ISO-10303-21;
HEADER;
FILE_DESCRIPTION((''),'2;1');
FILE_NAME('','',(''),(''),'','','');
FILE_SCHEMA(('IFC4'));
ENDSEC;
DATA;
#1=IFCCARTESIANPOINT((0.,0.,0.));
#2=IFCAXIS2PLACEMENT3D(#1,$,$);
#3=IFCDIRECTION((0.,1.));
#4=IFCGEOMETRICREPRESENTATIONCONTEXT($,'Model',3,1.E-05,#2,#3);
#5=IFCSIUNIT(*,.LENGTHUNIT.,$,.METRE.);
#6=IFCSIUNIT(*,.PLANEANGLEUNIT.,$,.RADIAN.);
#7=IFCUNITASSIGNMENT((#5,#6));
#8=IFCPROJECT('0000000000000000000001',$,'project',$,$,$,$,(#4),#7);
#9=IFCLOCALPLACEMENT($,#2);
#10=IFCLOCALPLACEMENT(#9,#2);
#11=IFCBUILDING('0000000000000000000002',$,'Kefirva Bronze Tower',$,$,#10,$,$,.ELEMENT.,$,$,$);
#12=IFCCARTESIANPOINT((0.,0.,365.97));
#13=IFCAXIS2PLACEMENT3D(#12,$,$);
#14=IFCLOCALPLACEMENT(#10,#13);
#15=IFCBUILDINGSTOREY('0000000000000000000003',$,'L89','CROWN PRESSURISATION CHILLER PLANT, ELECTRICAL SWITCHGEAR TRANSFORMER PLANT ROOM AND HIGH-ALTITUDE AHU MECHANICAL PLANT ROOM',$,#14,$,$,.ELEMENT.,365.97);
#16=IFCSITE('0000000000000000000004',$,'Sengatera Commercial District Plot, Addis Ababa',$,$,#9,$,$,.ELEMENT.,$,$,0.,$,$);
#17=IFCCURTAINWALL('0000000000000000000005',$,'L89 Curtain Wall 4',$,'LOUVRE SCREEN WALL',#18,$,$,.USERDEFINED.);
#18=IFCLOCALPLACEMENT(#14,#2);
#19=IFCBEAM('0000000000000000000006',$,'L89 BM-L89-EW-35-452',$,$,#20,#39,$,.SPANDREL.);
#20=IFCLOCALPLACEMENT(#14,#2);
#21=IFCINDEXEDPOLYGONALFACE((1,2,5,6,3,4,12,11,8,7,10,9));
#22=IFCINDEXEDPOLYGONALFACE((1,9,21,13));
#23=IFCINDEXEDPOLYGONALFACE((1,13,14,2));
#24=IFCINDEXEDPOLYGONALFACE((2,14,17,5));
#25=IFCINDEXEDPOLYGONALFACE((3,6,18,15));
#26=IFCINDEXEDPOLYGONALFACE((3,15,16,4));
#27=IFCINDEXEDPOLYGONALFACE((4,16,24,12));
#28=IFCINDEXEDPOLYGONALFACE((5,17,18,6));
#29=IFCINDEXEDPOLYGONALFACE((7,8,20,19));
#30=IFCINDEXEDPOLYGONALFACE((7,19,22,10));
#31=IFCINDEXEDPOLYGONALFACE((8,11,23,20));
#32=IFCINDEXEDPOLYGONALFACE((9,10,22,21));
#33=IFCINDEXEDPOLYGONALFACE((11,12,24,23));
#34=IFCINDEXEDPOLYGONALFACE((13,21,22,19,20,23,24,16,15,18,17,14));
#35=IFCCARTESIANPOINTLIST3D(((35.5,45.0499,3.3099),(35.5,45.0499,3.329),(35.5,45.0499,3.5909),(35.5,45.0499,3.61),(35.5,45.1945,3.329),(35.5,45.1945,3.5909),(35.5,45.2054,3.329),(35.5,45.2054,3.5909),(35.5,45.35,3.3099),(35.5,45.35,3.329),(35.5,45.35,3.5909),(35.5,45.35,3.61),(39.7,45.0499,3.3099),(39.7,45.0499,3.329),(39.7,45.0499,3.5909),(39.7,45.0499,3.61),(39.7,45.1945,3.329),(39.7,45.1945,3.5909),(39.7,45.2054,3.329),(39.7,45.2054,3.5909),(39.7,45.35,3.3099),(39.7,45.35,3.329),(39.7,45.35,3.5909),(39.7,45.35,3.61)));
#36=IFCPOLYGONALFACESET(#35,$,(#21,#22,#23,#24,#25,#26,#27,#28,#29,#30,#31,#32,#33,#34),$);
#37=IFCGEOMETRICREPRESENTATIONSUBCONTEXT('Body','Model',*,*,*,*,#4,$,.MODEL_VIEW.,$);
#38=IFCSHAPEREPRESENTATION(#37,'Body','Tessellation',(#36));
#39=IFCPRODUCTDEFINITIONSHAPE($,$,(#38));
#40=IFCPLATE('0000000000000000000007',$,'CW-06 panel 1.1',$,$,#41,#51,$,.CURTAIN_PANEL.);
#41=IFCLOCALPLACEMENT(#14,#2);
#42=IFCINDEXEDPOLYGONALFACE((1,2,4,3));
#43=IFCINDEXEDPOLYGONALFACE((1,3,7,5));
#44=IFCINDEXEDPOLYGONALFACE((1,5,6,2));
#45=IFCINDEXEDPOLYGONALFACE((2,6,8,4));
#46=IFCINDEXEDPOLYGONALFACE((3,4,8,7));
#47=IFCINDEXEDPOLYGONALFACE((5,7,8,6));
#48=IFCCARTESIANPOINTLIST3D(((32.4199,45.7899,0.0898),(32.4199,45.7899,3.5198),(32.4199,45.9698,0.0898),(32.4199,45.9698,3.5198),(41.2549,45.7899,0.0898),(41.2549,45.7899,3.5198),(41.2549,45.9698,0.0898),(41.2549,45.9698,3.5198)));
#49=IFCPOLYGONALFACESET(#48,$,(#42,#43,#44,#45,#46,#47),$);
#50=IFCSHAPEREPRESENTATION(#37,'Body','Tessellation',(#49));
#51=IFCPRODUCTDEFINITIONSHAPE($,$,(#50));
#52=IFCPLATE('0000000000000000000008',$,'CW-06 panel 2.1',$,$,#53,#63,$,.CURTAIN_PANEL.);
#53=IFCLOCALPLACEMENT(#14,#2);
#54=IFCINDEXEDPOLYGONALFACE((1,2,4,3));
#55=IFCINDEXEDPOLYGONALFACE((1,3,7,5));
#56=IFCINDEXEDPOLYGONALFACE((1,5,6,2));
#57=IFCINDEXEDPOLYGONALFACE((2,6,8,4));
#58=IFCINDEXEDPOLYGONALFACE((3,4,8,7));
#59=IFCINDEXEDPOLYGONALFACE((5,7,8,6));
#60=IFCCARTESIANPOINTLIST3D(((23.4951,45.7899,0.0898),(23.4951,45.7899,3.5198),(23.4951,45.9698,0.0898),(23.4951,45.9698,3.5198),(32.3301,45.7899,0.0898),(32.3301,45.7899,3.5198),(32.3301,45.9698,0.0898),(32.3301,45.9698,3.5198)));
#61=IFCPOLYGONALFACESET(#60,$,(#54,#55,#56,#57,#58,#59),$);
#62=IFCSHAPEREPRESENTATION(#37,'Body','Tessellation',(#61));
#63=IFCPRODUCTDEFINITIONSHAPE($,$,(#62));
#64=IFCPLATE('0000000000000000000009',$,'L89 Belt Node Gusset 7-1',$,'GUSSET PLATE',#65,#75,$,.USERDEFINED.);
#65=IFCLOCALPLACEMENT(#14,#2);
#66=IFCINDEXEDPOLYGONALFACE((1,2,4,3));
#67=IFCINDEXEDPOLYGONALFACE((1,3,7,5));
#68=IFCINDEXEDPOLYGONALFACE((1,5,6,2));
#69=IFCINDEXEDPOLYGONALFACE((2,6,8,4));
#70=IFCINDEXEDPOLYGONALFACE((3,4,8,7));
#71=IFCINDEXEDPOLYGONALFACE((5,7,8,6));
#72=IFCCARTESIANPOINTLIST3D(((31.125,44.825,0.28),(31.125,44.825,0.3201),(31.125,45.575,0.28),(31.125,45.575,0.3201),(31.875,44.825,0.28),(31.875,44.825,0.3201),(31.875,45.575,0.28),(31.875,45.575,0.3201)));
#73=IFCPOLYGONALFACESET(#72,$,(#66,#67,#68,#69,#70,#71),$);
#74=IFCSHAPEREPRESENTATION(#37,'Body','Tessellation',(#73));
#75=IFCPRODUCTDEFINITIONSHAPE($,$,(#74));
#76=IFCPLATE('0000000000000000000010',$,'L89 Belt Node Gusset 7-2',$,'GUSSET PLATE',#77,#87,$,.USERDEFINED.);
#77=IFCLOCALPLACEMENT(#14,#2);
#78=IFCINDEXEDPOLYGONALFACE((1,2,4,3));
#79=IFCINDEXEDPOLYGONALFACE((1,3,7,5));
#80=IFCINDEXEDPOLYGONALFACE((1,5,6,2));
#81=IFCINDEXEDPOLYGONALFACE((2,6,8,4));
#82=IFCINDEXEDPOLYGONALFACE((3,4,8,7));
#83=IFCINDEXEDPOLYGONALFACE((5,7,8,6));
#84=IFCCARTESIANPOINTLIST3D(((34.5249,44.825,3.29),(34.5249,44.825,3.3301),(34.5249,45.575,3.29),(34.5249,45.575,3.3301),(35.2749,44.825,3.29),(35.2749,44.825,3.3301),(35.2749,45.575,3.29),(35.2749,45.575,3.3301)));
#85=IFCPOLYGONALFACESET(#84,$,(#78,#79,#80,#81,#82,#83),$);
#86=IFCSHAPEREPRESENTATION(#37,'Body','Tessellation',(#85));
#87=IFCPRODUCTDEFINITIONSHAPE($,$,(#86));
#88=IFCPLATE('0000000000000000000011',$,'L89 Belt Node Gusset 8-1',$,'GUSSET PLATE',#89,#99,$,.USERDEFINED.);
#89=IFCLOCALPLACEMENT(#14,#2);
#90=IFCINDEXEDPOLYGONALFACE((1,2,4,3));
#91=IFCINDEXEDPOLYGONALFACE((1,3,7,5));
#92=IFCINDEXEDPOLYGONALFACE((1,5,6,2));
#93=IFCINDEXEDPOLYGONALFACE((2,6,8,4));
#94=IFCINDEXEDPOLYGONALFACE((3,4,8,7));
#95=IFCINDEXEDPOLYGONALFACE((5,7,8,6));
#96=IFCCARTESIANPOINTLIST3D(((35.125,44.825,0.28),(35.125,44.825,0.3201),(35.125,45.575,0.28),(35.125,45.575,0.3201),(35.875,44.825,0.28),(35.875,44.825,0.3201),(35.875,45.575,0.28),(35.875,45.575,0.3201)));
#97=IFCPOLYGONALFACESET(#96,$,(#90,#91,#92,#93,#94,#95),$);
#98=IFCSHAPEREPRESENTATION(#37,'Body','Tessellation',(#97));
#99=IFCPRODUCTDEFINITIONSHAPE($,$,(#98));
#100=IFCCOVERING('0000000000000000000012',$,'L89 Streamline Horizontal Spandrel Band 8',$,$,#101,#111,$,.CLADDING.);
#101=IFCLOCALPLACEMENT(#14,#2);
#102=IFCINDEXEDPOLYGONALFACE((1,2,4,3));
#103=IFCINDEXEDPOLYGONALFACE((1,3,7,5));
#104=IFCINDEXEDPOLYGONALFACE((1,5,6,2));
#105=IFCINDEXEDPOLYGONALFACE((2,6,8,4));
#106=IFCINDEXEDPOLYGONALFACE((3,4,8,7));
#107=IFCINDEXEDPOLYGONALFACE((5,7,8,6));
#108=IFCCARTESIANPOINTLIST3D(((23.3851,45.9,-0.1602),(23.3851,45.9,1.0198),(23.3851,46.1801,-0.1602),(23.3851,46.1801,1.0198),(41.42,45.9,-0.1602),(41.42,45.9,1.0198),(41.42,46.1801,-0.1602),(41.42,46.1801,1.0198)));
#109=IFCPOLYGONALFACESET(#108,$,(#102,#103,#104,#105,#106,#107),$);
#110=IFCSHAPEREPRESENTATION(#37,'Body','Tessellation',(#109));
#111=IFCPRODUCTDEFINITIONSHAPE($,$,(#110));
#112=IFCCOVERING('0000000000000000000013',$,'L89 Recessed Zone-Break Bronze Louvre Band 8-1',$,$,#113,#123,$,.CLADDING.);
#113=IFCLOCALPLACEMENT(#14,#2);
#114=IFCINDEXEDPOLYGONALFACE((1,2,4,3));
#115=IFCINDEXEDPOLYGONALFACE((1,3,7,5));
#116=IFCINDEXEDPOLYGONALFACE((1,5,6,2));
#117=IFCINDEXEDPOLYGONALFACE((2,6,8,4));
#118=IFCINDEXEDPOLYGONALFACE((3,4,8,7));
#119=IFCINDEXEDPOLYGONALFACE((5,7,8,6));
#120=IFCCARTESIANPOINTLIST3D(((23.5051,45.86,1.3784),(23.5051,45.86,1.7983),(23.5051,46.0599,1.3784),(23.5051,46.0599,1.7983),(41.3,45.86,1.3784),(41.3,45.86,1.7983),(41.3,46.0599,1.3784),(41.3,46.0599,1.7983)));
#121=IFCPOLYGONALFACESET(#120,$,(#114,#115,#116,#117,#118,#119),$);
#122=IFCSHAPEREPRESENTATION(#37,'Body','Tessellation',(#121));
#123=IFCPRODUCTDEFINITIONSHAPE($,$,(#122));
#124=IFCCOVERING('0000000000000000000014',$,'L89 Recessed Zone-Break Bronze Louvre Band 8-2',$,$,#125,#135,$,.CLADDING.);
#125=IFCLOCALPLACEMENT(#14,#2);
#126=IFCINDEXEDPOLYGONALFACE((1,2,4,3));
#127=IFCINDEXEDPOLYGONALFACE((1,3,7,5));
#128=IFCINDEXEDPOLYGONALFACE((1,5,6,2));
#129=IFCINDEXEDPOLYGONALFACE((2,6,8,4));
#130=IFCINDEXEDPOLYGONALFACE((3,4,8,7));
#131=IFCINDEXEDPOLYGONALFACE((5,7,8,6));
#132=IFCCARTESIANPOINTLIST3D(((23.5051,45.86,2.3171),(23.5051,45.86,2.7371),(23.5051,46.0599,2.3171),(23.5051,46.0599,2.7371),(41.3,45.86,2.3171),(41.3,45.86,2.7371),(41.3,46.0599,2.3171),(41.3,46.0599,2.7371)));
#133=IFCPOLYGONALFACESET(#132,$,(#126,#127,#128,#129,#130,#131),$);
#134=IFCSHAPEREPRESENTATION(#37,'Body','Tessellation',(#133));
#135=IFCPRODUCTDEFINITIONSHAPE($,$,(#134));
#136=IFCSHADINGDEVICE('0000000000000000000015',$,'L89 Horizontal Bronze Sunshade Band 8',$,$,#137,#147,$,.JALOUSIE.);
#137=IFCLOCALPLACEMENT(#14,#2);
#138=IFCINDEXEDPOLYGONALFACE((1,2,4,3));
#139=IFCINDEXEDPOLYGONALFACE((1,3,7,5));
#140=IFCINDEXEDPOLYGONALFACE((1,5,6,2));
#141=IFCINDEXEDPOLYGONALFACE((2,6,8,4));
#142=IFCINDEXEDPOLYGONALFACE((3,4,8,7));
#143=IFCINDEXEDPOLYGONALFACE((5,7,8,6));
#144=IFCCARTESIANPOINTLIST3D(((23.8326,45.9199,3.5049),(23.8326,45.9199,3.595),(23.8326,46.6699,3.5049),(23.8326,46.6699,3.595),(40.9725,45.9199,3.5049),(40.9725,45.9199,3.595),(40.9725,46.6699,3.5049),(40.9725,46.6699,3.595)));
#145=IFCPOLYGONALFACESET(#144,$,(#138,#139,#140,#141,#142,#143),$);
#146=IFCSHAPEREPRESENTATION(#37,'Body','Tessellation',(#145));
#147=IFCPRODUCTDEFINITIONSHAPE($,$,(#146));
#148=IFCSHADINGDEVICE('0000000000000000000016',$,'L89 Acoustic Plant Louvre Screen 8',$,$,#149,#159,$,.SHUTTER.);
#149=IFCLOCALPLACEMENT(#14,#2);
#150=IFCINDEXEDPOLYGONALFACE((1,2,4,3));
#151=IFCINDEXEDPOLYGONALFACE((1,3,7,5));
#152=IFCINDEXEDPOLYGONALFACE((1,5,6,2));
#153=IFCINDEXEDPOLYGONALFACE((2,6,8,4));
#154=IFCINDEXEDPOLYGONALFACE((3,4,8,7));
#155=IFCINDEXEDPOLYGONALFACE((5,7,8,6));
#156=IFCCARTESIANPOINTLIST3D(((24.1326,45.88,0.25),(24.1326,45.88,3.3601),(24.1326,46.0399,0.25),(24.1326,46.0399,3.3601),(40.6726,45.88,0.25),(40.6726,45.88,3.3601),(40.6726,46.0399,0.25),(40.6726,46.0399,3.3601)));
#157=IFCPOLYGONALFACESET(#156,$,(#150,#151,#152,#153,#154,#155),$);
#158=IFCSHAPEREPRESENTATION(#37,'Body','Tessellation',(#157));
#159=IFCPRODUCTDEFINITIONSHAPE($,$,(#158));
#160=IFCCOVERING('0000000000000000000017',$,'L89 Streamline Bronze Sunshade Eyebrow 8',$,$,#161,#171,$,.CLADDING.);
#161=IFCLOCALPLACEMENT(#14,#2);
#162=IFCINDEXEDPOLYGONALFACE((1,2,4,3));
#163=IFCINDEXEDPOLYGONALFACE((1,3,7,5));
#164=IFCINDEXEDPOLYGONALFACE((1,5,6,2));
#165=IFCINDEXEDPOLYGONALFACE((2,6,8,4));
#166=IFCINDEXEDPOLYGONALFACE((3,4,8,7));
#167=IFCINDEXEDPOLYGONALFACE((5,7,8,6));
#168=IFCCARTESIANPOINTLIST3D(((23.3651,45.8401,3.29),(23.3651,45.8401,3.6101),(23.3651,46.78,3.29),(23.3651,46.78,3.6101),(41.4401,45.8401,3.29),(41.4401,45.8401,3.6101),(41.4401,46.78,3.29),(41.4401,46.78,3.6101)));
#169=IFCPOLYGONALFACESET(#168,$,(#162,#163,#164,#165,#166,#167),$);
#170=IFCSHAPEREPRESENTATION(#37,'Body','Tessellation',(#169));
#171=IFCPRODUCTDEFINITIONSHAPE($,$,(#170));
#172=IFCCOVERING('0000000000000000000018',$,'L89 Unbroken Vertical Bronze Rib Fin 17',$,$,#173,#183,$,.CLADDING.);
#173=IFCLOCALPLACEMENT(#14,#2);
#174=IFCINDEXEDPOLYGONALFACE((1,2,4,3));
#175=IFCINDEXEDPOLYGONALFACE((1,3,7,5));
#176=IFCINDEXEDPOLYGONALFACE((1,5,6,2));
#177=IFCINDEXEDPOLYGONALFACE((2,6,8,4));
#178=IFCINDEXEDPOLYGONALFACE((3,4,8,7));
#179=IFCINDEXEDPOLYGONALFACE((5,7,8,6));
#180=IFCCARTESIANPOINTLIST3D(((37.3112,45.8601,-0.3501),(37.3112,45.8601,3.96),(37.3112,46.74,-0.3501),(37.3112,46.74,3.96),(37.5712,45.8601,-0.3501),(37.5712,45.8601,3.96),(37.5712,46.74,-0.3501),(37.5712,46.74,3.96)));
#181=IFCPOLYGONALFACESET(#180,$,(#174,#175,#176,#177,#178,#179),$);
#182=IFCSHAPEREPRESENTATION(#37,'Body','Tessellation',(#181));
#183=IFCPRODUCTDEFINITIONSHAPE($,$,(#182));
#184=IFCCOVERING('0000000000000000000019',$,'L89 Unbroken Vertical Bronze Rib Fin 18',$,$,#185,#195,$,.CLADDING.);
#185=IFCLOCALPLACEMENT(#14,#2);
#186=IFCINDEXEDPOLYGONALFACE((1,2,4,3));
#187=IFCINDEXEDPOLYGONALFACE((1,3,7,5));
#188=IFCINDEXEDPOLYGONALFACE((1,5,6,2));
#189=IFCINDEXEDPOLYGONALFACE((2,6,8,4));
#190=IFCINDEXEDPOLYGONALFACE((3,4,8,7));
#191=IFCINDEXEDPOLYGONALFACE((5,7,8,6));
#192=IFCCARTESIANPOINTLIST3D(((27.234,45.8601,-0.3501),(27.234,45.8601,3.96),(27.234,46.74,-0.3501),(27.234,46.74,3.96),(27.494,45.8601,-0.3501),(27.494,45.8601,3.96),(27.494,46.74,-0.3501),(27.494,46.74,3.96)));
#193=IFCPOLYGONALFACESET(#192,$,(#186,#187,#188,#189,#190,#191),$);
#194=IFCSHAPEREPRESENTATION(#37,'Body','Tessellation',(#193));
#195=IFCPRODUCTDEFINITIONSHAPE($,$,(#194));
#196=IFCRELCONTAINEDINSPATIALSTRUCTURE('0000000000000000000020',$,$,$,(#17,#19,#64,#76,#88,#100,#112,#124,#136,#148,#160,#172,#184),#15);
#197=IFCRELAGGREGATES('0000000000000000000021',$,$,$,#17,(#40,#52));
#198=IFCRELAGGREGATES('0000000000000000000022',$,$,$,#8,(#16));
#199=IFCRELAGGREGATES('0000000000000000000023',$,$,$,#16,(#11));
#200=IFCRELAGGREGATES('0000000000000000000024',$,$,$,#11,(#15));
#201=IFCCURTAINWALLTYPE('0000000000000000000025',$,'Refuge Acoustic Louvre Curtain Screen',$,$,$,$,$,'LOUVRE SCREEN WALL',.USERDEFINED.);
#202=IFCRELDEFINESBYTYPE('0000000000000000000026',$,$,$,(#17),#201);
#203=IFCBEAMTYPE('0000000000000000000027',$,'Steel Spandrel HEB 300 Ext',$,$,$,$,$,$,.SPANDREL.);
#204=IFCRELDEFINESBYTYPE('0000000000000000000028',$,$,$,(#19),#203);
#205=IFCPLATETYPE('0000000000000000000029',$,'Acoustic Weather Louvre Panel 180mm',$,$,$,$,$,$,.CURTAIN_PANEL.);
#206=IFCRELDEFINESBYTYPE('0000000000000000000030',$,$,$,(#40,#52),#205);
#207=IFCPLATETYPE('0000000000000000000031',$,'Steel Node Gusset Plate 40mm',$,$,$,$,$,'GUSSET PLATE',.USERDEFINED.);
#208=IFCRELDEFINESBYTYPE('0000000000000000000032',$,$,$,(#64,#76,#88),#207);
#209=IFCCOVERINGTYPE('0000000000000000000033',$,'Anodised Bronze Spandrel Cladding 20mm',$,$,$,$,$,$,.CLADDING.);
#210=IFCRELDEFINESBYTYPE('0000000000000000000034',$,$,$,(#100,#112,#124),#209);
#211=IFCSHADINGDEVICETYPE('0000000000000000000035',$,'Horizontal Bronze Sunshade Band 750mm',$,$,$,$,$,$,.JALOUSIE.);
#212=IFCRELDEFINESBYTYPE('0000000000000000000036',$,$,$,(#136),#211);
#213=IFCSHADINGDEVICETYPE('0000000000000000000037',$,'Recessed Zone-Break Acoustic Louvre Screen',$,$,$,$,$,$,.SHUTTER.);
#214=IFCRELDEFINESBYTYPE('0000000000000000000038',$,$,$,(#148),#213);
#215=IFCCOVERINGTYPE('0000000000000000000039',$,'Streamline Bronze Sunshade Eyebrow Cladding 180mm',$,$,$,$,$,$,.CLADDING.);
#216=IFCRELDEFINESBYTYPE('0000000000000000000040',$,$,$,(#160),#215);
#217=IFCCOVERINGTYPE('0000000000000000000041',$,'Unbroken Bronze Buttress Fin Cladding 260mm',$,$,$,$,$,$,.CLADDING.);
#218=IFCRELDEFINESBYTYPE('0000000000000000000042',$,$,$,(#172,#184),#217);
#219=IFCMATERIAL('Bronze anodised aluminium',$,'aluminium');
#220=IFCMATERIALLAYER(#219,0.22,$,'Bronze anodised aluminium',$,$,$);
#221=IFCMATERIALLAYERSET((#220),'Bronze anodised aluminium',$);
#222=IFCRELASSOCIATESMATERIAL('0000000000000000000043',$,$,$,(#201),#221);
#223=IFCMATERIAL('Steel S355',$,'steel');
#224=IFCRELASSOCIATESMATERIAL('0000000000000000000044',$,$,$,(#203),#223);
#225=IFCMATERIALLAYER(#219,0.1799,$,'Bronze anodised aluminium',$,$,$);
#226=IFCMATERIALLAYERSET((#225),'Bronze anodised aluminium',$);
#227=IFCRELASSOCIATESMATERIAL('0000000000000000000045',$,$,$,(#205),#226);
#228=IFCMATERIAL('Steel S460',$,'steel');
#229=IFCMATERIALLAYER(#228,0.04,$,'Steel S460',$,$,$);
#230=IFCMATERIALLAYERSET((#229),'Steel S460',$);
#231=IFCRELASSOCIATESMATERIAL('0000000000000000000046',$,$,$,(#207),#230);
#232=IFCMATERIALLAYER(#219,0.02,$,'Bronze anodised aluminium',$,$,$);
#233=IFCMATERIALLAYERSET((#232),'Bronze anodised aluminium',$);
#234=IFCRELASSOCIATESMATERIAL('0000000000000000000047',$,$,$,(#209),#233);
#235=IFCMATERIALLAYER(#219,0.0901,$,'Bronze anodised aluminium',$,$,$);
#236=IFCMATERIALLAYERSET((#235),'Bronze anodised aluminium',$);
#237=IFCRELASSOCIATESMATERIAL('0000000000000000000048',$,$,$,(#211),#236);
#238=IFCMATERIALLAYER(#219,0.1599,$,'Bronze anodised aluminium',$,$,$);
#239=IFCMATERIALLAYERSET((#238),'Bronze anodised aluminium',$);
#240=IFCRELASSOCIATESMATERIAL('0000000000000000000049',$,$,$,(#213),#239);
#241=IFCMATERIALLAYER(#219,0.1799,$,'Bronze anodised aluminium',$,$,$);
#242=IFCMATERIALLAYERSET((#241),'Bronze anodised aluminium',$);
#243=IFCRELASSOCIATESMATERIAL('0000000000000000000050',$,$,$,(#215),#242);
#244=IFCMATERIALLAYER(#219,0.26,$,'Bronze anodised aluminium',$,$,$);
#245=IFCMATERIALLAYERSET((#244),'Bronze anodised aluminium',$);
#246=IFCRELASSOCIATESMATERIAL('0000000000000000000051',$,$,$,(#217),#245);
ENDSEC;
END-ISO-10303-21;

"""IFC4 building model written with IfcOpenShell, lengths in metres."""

from ifc_helpers import new_model, si_unit, direction, frame, origin, origin_2d, place, context, subcontext, project, spatial, rectangle, i_section, extrude, material, layer, layer_set, material_profile, profile_set, type_object, element, aggregate, save


model = new_model("IFC4")

# Units and contexts
model_context = context("Model", 3, precision=1e-05, world=origin(), true_north=direction((0.0, 1.0)))
body_context = subcontext(model_context, "Body", "Model", "MODEL_VIEW")
ifc_project = project(units=[si_unit("LENGTHUNIT", "METRE"), si_unit("PLANEANGLEUNIT", "RADIAN")], contexts=[model_context])

# Site, building, storey
site_placement = place(None, origin())
site = spatial("IfcSite", under=ifc_project, at=site_placement, Name="Sengatera Commercial District Plot, Addis Ababa", CompositionType="ELEMENT", RefElevation=0.0)
building_placement = place(site_placement, origin())
building = spatial("IfcBuilding", under=site, at=building_placement, Name="Kefirva Bronze Tower", CompositionType="ELEMENT")
storey_placement = place(building_placement, frame((0.0, 0.0, 365.97)))
storey = spatial("IfcBuildingStorey", under=building, at=storey_placement, Name="L89", Description="CROWN PRESSURISATION CHILLER PLANT, ELECTRICAL SWITCHGEAR TRANSFORMER PLANT ROOM AND HIGH-ALTITUDE AHU MECHANICAL PLANT ROOM", CompositionType="ELEMENT", Elevation=365.97)

# Curtain wall
ifc_material_1 = material(Name="Bronze anodised aluminium", Category="aluminium")
ifc_layer_1 = layer(ifc_material_1, 0.22, Name="Bronze anodised aluminium")
ifc_layer_set_1 = layer_set([ifc_layer_1], Name="Bronze anodised aluminium")
curtain_wall_type = type_object("IfcCurtainWallType", Name="Refuge Acoustic Louvre Curtain Screen", ElementType="LOUVRE SCREEN WALL", PredefinedType="USERDEFINED", material=ifc_layer_set_1)
curtain_wall_placement = place(storey_placement, origin())
curtain_wall = element("IfcCurtainWall", 1, at=curtain_wall_placement, inside=storey, type_object=curtain_wall_type, Name="L89 Curtain Wall 4", ObjectType="LOUVRE SCREEN WALL", PredefinedType="USERDEFINED")

# Shared definitions
ifc_material_2 = material(Name="Steel S460", Category="steel")

# Beam
ifc_material_3 = material(Name="Steel S355", Category="steel")
ifc_material_profile_1 = material_profile(ifc_material_3, i_section(OverallWidth=0.3, OverallDepth=0.3, WebThickness=0.011, FlangeThickness=0.019, at=origin_2d()), Name="HEB 300")
ifc_profile_set_1 = profile_set([ifc_material_profile_1], Name="Steel S355")
beam_type = type_object("IfcBeamType", Name="Steel Spandrel HEB 300 Ext", PredefinedType="SPANDREL", material=ifc_profile_set_1)
beam_placement = place(storey_placement, frame((35.5, 45.2, 3.46), z_axis=(1.0, 0.0, 0.0), x_axis=(0.0, 1.0, 0.0)))
element("IfcBeam", 2, at=beam_placement, inside=storey, type_object=beam_type, Name="L89 BM-L89-EW-35-452", PredefinedType="SPANDREL", context=body_context, shape_type="SweptSolid", body=[
    extrude(i_section(OverallWidth=0.3, OverallDepth=0.3, WebThickness=0.011, FlangeThickness=0.019, at=origin_2d()), origin(), (0.0, 0.0, 1.0), 4.2),
])

# Plates
ifc_layer_2 = layer(ifc_material_1, 0.1799, Name="Bronze anodised aluminium")
ifc_layer_set_2 = layer_set([ifc_layer_2], Name="Bronze anodised aluminium")
plate_type_1 = type_object("IfcPlateType", Name="Acoustic Weather Louvre Panel 180mm", PredefinedType="CURTAIN_PANEL", material=ifc_layer_set_2)
plate_1_placement = place(storey_placement, frame((36.8374, 45.8799, 0.0898), z_axis=(0.0, 0.0, 1.0), x_axis=(-1.0, 0.0, 0.0)))
plate_1 = element("IfcPlate", 3, at=plate_1_placement, type_object=plate_type_1, Name="CW-06 panel 1.1", PredefinedType="CURTAIN_PANEL", context=body_context, shape_type="SweptSolid", body=[
    extrude(rectangle(XDim=8.835, YDim=0.1799, at=origin_2d()), origin(), (0.0, 0.0, 1.0), 3.4299),
])
plate_2_placement = place(storey_placement, frame((27.9126, 45.8799, 0.0898), z_axis=(0.0, 0.0, 1.0), x_axis=(-1.0, 0.0, 0.0)))
plate_2 = element("IfcPlate", 4, at=plate_2_placement, type_object=plate_type_1, Name="CW-06 panel 2.1", PredefinedType="CURTAIN_PANEL", context=body_context, shape_type="SweptSolid", body=[
    extrude(rectangle(XDim=8.835, YDim=0.1799, at=origin_2d()), origin(), (0.0, 0.0, 1.0), 3.4299),
])
aggregate(curtain_wall, [plate_1, plate_2])

# Plates
ifc_layer_3 = layer(ifc_material_2, 0.04, Name="Steel S460")
ifc_layer_set_3 = layer_set([ifc_layer_3], Name="Steel S460")
plate_type_2 = type_object("IfcPlateType", Name="Steel Node Gusset Plate 40mm", ElementType="GUSSET PLATE", PredefinedType="USERDEFINED", material=ifc_layer_set_3)
for number, where, z_axis, x_axis, name in (
    (5, (31.5, 45.2, 0.28), (0.0, 0.0, 1.0), (1.0, 0.0, 0.0), "L89 Belt Node Gusset 7-1"),
    (6, (34.8999, 45.2, 3.29), (0.0, 0.0, 1.0), (1.0, 0.0, 0.0), "L89 Belt Node Gusset 7-2"),
    (7, (35.5, 45.2, 0.28), (0.0, 0.0, 1.0), (1.0, 0.0, 0.0), "L89 Belt Node Gusset 8-1"),
):
    element("IfcPlate", number, at=place(storey_placement, frame(where, z_axis=z_axis, x_axis=x_axis)), inside=storey, type_object=plate_type_2, Name=name, ObjectType="GUSSET PLATE", PredefinedType="USERDEFINED", context=body_context, shape_type="SweptSolid", body=[
        extrude(rectangle(XDim=0.75, YDim=0.75, at=origin_2d()), origin(), (0.0, 0.0, 1.0), 0.04),
    ])

# Coverings
ifc_layer_4 = layer(ifc_material_1, 0.02, Name="Bronze anodised aluminium")
ifc_layer_set_4 = layer_set([ifc_layer_4], Name="Bronze anodised aluminium")
covering_type_1 = type_object("IfcCoveringType", Name="Anodised Bronze Spandrel Cladding 20mm", PredefinedType="CLADDING", material=ifc_layer_set_4)
covering_1_placement = place(storey_placement, frame((32.4026, 46.04, -0.1602), z_axis=(0.0, 0.0, 1.0), x_axis=(-1.0, 0.0, 0.0)))
element("IfcCovering", 8, at=covering_1_placement, inside=storey, type_object=covering_type_1, Name="L89 Streamline Horizontal Spandrel Band 8", PredefinedType="CLADDING", context=body_context, shape_type="SweptSolid", body=[
    extrude(rectangle(XDim=18.0349, YDim=0.28, at=origin_2d()), origin(), (0.0, 0.0, 1.0), 1.1799),
])
for number, where, z_axis, x_axis, name in (
    (9, (32.4026, 45.96, 1.3784), (0.0, 0.0, 1.0), (-1.0, 0.0, 0.0), "L89 Recessed Zone-Break Bronze Louvre Band 8-1"),
    (10, (32.4026, 45.96, 2.3171), (0.0, 0.0, 1.0), (-1.0, 0.0, 0.0), "L89 Recessed Zone-Break Bronze Louvre Band 8-2"),
):
    element("IfcCovering", number, at=place(storey_placement, frame(where, z_axis=z_axis, x_axis=x_axis)), inside=storey, type_object=covering_type_1, Name=name, PredefinedType="CLADDING", context=body_context, shape_type="SweptSolid", body=[
        extrude(rectangle(XDim=17.7949, YDim=0.2, at=origin_2d()), origin(), (0.0, 0.0, 1.0), 0.4199),
    ])

# Shading devices
ifc_layer_5 = layer(ifc_material_1, 0.0901, Name="Bronze anodised aluminium")
ifc_layer_set_5 = layer_set([ifc_layer_5], Name="Bronze anodised aluminium")
shading_device_type_1 = type_object("IfcShadingDeviceType", Name="Horizontal Bronze Sunshade Band 750mm", PredefinedType="JALOUSIE", material=ifc_layer_set_5)
shading_device_1_placement = place(storey_placement, frame((32.4026, 46.2949, 3.5049), z_axis=(0.0, 0.0, 1.0), x_axis=(-1.0, 0.0, 0.0)))
element("IfcShadingDevice", 11, at=shading_device_1_placement, inside=storey, type_object=shading_device_type_1, Name="L89 Horizontal Bronze Sunshade Band 8", PredefinedType="JALOUSIE", context=body_context, shape_type="SweptSolid", body=[
    extrude(rectangle(XDim=17.1399, YDim=0.75, at=origin_2d()), origin(), (0.0, 0.0, 1.0), 0.0901),
])
ifc_layer_6 = layer(ifc_material_1, 0.1599, Name="Bronze anodised aluminium")
ifc_layer_set_6 = layer_set([ifc_layer_6], Name="Bronze anodised aluminium")
shading_device_type_2 = type_object("IfcShadingDeviceType", Name="Recessed Zone-Break Acoustic Louvre Screen", PredefinedType="SHUTTER", material=ifc_layer_set_6)
shading_device_2_placement = place(storey_placement, frame((32.4026, 45.96, 0.25), z_axis=(0.0, 0.0, 1.0), x_axis=(-1.0, 0.0, 0.0)))
element("IfcShadingDevice", 12, at=shading_device_2_placement, inside=storey, type_object=shading_device_type_2, Name="L89 Acoustic Plant Louvre Screen 8", PredefinedType="SHUTTER", context=body_context, shape_type="SweptSolid", body=[
    extrude(rectangle(XDim=16.54, YDim=0.1599, at=origin_2d()), origin(), (0.0, 0.0, 1.0), 3.1101),
])

# Coverings
ifc_layer_7 = layer(ifc_material_1, 0.1799, Name="Bronze anodised aluminium")
ifc_layer_set_7 = layer_set([ifc_layer_7], Name="Bronze anodised aluminium")
covering_type_2 = type_object("IfcCoveringType", Name="Streamline Bronze Sunshade Eyebrow Cladding 180mm", PredefinedType="CLADDING", material=ifc_layer_set_7)
covering_2_placement = place(storey_placement, frame((32.4026, 46.3101, 3.29), z_axis=(0.0, 0.0, 1.0), x_axis=(-1.0, 0.0, 0.0)))
element("IfcCovering", 13, at=covering_2_placement, inside=storey, type_object=covering_type_2, Name="L89 Streamline Bronze Sunshade Eyebrow 8", PredefinedType="CLADDING", context=body_context, shape_type="SweptSolid", body=[
    extrude(rectangle(XDim=18.075, YDim=0.9399, at=origin_2d()), origin(), (0.0, 0.0, 1.0), 0.3201),
])
ifc_layer_8 = layer(ifc_material_1, 0.26, Name="Bronze anodised aluminium")
ifc_layer_set_8 = layer_set([ifc_layer_8], Name="Bronze anodised aluminium")
covering_type_3 = type_object("IfcCoveringType", Name="Unbroken Bronze Buttress Fin Cladding 260mm", PredefinedType="CLADDING", material=ifc_layer_set_8)
for number, where, z_axis, x_axis, name in (
    (14, (37.4412, 46.3, -0.3501), (0.0, 0.0, 1.0), (-1.0, 0.0, 0.0), "L89 Unbroken Vertical Bronze Rib Fin 17"),
    (15, (27.364, 46.3, -0.3501), (0.0, 0.0, 1.0), (-1.0, 0.0, 0.0), "L89 Unbroken Vertical Bronze Rib Fin 18"),
):
    element("IfcCovering", number, at=place(storey_placement, frame(where, z_axis=z_axis, x_axis=x_axis)), inside=storey, type_object=covering_type_3, Name=name, PredefinedType="CLADDING", context=body_context, shape_type="SweptSolid", body=[
        extrude(rectangle(XDim=0.26, YDim=0.8799, at=origin_2d()), origin(), (0.0, 0.0, 1.0), 4.3101),
    ])

save(model, "model.ifc")
